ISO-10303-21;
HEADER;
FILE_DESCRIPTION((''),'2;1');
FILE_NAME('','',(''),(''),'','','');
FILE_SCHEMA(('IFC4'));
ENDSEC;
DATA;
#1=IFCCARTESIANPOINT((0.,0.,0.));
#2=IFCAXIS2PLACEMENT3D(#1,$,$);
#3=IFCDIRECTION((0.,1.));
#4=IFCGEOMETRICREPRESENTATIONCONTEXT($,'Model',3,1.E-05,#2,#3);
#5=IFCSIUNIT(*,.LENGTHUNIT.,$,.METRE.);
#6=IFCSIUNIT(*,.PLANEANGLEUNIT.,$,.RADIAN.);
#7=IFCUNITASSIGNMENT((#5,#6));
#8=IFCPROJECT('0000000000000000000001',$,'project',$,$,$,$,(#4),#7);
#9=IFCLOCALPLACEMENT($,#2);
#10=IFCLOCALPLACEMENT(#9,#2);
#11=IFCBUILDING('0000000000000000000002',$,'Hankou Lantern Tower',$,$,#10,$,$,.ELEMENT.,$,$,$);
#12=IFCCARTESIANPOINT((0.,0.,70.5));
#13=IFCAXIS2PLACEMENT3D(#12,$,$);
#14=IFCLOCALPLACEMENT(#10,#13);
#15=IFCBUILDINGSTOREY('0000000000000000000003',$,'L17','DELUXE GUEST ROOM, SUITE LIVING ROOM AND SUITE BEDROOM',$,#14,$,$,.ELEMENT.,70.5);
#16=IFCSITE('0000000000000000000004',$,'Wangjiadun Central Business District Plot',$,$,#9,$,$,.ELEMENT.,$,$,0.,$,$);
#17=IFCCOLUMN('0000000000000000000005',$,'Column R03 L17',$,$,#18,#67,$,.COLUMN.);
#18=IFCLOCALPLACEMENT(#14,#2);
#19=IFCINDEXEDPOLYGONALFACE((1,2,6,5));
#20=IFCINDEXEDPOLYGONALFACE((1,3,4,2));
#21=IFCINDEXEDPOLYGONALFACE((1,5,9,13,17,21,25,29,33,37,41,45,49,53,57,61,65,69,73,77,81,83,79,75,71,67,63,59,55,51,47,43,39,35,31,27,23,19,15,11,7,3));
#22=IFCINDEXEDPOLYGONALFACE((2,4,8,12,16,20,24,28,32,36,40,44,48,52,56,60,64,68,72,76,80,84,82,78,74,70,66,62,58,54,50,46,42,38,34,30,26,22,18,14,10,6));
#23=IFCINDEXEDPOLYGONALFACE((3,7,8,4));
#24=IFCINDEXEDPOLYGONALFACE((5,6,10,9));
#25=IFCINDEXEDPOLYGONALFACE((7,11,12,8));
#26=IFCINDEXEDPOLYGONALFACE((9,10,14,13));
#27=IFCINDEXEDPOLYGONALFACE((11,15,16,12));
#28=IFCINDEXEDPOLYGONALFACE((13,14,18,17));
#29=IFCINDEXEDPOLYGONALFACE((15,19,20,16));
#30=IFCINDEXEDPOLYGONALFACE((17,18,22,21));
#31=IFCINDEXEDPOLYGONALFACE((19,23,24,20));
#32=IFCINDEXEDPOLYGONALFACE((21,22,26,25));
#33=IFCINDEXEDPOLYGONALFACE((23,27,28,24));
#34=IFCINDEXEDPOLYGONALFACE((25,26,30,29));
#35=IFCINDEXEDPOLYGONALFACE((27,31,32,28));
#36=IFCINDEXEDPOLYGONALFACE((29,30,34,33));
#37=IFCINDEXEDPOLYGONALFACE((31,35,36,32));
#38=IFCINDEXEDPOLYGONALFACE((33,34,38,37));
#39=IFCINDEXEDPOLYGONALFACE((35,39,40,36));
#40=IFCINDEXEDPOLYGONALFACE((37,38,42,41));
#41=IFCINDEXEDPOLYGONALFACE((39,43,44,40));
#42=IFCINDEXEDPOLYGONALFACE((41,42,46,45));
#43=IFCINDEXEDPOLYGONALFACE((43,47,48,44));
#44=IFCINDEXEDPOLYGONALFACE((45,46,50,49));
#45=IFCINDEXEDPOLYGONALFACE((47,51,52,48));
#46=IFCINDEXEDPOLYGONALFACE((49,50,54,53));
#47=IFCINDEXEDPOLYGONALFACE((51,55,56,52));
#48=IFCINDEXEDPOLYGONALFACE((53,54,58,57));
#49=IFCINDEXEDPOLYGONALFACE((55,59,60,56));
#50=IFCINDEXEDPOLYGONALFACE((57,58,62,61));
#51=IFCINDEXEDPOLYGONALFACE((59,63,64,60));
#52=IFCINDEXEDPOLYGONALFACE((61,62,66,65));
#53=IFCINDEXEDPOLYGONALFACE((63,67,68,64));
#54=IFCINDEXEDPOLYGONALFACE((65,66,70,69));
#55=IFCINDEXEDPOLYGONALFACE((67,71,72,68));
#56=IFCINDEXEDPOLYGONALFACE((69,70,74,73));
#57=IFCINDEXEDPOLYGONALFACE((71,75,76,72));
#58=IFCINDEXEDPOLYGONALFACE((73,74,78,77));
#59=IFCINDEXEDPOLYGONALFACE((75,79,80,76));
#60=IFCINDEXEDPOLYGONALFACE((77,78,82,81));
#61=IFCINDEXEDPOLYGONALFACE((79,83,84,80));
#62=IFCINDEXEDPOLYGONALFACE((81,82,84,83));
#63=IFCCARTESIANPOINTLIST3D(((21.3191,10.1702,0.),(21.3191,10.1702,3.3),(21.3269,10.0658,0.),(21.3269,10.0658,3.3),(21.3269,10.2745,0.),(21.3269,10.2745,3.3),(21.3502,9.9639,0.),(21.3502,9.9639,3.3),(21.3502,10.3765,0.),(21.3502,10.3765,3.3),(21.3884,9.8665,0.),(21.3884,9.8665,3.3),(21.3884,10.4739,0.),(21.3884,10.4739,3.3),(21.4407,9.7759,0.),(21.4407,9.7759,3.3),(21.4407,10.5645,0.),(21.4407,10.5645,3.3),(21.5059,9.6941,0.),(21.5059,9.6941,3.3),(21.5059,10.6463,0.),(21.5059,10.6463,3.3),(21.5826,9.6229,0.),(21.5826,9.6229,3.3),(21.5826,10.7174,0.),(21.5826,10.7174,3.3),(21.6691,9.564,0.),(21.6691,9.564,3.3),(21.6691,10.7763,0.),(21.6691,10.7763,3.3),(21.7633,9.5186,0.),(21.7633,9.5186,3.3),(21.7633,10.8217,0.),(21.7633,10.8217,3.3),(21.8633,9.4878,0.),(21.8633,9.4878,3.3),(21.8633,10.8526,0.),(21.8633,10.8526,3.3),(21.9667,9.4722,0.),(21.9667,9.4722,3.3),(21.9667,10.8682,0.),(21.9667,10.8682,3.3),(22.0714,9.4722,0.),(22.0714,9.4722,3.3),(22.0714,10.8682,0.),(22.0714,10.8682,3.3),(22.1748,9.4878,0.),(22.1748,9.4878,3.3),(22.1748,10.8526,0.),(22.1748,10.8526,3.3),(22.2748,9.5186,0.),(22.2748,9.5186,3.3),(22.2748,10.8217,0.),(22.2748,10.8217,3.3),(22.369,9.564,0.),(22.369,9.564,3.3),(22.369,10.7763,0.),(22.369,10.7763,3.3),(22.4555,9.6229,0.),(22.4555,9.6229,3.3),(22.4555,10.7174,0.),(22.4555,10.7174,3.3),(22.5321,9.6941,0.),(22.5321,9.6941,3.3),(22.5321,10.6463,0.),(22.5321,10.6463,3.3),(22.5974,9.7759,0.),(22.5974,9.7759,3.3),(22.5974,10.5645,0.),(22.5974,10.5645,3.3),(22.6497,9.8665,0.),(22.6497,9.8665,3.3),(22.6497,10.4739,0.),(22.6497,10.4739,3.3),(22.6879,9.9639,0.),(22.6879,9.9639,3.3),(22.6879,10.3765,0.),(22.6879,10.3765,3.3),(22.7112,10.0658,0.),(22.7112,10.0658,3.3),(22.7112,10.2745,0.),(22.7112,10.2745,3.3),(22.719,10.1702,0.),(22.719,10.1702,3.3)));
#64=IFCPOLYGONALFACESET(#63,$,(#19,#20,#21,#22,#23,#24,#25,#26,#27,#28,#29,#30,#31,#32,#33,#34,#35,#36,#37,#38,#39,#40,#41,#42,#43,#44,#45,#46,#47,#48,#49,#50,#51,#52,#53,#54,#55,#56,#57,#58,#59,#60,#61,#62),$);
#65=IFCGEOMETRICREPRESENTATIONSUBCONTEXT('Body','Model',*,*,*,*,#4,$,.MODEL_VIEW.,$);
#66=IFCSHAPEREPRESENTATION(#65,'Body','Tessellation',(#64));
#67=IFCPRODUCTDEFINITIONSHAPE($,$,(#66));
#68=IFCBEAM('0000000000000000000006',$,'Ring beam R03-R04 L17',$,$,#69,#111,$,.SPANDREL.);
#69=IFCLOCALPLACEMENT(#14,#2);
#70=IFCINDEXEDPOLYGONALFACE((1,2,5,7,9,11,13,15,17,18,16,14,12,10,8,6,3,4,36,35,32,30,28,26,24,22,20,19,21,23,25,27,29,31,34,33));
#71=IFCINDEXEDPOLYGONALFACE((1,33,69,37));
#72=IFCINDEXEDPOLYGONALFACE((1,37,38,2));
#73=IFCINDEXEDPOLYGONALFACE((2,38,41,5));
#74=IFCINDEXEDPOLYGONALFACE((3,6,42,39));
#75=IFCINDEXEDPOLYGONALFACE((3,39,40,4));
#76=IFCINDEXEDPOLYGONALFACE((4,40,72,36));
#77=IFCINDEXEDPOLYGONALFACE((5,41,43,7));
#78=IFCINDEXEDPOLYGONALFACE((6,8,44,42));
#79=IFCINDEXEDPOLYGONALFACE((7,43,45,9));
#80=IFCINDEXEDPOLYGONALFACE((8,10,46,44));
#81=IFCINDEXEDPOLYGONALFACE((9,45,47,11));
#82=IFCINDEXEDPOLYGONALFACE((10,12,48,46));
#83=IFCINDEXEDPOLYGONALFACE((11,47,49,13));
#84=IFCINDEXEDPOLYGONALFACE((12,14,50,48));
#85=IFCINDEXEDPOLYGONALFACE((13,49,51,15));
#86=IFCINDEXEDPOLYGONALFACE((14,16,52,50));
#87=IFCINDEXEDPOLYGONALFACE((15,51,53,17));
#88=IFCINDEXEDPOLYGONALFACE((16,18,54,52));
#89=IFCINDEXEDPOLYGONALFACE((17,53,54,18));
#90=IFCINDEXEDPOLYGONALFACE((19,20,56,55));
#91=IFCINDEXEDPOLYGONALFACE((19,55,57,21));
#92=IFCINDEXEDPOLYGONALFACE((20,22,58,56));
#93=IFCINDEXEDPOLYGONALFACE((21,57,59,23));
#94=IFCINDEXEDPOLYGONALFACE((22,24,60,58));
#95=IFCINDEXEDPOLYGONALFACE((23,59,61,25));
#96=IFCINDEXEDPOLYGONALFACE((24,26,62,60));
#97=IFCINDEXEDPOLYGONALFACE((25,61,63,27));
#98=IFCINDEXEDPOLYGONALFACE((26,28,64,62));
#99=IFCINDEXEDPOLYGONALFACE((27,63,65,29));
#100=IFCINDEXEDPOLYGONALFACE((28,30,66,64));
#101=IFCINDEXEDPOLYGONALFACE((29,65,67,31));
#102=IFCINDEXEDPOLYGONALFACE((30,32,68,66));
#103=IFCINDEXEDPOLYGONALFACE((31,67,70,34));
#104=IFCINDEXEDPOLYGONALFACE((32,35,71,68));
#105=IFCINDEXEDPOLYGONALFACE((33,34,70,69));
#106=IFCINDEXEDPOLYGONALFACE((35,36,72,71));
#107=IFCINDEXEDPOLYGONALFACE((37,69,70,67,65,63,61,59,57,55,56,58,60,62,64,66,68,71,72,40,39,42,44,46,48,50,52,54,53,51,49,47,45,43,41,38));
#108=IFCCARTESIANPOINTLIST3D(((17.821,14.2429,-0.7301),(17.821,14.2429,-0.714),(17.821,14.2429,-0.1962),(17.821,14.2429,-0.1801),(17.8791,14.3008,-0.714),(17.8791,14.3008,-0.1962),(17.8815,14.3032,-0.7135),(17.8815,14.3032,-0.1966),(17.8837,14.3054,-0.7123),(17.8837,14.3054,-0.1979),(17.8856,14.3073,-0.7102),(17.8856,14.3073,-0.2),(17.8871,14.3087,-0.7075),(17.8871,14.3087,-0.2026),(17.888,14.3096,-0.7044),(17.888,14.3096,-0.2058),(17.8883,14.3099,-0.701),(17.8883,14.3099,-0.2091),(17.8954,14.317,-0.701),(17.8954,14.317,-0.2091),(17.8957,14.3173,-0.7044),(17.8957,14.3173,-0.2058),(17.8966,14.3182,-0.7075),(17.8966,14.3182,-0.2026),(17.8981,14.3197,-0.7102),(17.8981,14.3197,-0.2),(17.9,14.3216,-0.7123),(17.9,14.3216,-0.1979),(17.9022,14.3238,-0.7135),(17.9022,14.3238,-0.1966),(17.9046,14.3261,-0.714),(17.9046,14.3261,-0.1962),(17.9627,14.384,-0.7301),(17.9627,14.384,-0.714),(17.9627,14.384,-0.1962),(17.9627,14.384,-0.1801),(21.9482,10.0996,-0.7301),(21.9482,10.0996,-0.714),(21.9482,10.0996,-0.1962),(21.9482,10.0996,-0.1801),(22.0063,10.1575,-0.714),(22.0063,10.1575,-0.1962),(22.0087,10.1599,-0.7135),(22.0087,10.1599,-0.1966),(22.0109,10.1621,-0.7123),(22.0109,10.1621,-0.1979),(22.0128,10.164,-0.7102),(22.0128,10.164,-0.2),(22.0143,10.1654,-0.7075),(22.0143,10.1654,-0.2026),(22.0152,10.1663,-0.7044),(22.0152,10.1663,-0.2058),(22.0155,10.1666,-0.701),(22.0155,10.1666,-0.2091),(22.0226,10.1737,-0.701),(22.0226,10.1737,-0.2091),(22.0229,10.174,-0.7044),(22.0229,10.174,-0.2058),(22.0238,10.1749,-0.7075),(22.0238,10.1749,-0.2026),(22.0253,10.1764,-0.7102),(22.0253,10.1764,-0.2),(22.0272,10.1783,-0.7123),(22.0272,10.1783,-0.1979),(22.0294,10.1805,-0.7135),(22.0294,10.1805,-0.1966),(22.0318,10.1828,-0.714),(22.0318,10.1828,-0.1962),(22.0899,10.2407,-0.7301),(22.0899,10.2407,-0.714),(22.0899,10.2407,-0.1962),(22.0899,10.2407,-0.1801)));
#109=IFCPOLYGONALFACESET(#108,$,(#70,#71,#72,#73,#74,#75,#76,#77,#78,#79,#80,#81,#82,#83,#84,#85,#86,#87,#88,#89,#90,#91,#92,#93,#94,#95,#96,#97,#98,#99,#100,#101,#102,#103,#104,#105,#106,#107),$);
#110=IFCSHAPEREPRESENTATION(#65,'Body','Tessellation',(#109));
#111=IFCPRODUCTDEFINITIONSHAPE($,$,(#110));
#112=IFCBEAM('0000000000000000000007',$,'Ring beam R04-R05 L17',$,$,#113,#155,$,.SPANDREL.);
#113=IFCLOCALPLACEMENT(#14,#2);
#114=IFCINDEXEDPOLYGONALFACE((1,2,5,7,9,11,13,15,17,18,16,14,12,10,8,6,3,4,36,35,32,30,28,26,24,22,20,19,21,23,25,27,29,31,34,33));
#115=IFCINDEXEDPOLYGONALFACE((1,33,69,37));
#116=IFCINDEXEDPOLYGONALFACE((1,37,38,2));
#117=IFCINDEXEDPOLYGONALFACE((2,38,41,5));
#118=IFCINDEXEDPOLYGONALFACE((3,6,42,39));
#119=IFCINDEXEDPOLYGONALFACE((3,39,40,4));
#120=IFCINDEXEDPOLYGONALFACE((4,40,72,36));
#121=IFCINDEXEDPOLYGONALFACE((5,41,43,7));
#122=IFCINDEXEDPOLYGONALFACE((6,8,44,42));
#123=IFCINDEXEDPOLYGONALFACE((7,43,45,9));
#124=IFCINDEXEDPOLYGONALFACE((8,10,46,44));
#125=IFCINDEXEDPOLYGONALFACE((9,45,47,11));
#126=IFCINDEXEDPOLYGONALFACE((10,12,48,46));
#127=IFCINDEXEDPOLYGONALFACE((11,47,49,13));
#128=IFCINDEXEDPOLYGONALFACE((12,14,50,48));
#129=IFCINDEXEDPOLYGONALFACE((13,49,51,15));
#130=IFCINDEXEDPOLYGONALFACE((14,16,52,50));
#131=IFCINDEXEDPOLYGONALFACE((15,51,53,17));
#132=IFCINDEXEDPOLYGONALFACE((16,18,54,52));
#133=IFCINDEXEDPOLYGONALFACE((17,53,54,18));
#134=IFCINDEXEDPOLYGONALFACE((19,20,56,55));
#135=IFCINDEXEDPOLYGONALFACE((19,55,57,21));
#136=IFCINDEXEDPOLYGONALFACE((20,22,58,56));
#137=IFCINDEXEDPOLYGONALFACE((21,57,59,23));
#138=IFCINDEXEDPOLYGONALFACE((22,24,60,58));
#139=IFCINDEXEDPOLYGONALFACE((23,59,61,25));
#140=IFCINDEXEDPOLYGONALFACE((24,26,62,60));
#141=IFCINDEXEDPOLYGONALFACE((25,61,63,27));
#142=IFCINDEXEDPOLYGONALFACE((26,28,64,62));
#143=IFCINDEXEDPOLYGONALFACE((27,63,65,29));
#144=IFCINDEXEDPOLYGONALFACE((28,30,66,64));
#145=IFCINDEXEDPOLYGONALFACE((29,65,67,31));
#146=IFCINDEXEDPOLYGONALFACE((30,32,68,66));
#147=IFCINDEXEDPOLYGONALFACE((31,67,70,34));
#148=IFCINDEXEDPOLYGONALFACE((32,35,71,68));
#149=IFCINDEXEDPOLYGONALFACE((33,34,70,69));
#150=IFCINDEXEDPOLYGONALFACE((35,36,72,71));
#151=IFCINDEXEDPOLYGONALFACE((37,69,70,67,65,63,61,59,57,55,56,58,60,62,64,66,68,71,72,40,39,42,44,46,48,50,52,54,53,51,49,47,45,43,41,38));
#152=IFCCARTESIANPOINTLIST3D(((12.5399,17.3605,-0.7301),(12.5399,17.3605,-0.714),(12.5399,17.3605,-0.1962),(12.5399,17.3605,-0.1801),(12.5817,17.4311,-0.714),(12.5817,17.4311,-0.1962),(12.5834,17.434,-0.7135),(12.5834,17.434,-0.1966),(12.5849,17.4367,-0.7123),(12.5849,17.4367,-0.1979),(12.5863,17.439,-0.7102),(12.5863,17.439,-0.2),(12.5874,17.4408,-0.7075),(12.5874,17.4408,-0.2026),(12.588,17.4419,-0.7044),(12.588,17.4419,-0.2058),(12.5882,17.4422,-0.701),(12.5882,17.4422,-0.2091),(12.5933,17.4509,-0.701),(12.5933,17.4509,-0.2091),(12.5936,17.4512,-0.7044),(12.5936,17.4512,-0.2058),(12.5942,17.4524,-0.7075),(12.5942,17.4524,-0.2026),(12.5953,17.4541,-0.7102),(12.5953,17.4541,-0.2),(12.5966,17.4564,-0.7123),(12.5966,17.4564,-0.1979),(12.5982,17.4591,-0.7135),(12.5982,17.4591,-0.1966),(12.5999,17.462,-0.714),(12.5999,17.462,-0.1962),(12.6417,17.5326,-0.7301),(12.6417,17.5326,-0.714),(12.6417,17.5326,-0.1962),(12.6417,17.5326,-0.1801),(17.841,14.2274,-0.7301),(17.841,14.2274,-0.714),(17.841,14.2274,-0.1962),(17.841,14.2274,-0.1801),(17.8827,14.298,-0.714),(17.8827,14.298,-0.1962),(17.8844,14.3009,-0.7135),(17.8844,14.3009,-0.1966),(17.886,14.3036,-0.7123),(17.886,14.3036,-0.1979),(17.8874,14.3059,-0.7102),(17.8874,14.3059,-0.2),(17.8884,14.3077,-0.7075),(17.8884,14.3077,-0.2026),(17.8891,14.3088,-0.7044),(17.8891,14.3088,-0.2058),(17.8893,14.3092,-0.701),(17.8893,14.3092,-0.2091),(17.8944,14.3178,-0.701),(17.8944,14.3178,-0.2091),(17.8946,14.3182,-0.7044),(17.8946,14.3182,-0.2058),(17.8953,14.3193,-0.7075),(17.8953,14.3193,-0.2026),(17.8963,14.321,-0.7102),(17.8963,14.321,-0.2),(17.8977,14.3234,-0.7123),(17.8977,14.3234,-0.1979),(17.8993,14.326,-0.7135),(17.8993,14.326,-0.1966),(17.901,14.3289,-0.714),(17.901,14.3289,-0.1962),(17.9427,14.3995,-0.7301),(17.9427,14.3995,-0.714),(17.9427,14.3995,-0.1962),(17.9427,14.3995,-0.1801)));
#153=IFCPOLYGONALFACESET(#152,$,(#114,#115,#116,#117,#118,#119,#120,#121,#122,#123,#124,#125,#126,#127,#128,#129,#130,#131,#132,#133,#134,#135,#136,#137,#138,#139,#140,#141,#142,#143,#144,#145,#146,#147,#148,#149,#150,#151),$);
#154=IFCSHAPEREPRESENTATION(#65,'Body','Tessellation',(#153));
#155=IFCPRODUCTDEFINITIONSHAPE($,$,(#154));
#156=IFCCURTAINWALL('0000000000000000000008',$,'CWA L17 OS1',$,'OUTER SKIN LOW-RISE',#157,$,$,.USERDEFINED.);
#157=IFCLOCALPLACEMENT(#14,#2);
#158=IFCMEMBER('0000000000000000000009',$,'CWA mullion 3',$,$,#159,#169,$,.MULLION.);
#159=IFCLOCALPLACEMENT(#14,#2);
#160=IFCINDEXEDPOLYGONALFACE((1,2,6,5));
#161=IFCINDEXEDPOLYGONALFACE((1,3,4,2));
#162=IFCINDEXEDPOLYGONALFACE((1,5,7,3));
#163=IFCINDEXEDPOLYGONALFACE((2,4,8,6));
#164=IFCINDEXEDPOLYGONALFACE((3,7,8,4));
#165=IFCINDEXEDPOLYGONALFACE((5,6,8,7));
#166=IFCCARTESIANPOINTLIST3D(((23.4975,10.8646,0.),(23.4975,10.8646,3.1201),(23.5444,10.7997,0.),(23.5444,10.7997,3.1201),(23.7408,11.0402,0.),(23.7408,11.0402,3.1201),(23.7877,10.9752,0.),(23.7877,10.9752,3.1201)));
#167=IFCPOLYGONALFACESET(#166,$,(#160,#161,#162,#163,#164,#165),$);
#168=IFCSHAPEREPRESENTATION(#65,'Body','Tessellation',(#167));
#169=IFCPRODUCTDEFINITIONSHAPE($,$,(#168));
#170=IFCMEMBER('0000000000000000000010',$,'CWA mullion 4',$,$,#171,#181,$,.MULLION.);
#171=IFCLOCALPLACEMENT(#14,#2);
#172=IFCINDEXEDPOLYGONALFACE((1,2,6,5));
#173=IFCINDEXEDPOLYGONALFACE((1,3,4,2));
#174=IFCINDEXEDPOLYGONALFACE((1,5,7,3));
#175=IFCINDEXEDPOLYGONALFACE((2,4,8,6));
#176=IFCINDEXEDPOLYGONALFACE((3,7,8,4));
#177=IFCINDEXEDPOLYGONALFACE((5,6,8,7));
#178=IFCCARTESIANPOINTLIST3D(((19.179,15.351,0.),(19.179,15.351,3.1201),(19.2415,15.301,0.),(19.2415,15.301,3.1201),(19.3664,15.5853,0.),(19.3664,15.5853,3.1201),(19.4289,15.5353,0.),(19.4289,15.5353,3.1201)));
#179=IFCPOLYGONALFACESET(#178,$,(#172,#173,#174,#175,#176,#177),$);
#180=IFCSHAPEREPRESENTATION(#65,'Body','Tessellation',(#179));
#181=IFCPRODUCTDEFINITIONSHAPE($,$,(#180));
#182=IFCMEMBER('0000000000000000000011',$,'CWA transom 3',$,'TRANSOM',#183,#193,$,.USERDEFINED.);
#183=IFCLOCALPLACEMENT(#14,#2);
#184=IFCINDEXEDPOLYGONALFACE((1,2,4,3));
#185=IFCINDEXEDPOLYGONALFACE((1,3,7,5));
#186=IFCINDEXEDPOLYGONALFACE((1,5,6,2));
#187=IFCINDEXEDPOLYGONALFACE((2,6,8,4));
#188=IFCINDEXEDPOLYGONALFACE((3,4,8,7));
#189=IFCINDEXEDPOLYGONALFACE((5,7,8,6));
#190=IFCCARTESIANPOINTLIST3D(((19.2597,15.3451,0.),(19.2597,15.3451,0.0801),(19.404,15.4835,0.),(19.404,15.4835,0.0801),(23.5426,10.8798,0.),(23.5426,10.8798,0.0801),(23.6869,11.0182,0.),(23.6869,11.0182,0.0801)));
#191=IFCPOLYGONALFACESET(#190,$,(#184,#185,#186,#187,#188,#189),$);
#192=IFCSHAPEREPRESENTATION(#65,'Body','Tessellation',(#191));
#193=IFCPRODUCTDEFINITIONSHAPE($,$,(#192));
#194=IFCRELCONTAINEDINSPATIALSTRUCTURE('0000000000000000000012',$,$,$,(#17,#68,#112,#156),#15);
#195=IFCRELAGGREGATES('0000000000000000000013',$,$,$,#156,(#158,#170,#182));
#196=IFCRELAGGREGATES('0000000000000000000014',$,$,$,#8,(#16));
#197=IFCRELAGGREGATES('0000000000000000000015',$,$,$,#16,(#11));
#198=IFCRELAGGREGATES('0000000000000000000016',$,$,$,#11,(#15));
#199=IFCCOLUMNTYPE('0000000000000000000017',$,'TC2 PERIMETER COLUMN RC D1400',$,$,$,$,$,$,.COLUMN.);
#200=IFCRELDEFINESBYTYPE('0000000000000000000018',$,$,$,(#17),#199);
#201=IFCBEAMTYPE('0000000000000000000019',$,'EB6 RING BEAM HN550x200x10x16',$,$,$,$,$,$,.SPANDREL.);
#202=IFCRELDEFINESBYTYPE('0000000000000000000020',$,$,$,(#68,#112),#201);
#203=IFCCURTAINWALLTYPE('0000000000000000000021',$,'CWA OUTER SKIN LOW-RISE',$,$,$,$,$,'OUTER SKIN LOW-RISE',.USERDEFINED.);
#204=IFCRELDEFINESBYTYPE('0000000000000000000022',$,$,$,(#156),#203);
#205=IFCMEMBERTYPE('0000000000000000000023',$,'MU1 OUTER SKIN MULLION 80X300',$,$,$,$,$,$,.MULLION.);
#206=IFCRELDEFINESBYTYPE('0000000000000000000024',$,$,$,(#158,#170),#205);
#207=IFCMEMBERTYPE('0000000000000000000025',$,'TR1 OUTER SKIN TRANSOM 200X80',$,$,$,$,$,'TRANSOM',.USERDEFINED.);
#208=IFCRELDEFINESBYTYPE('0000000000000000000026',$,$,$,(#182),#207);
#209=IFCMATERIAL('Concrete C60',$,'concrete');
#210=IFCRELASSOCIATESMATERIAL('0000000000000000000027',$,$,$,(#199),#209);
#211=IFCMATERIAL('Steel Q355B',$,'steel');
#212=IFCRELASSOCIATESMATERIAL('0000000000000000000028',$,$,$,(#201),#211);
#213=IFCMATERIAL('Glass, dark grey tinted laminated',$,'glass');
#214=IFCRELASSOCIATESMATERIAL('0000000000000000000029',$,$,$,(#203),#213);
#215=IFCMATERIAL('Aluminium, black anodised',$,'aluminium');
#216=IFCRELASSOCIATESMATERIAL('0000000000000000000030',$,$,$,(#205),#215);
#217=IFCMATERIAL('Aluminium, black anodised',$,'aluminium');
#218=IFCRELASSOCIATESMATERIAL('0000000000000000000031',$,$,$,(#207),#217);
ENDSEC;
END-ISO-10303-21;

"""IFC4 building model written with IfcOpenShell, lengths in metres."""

from ifc_helpers import new_model, si_unit, direction, frame, origin, origin_2d, place, context, subcontext, project, spatial, rectangle, circle, i_section, extrude, material, material_profile, profile_set, type_object, element, aggregate, save


model = new_model("IFC4")

# Units and contexts
model_context = context("Model", 3, precision=1e-05, world=origin(), true_north=direction((0.0, 1.0)))
body_context = subcontext(model_context, "Body", "Model", "MODEL_VIEW")
ifc_project = project(units=[si_unit("LENGTHUNIT", "METRE"), si_unit("PLANEANGLEUNIT", "RADIAN")], contexts=[model_context])

# Site, building, storey
site_placement = place(None, origin())
site = spatial("IfcSite", under=ifc_project, at=site_placement, Name="Wangjiadun Central Business District Plot", CompositionType="ELEMENT", RefElevation=0.0)
building_placement = place(site_placement, origin())
building = spatial("IfcBuilding", under=site, at=building_placement, Name="Hankou Lantern Tower", CompositionType="ELEMENT")
storey_placement = place(building_placement, frame((0.0, 0.0, 70.5)))
storey = spatial("IfcBuildingStorey", under=building, at=storey_placement, Name="L17", Description="DELUXE GUEST ROOM, SUITE LIVING ROOM AND SUITE BEDROOM", CompositionType="ELEMENT", Elevation=70.5)

# Column
ifc_material_1 = material(Name="Concrete C60", Category="concrete")
ifc_material_profile_1 = material_profile(ifc_material_1, circle(Radius=0.7, at=origin_2d()), Name="RC D1400")
ifc_profile_set_1 = profile_set([ifc_material_profile_1], Name="Concrete C60")
column_type = type_object("IfcColumnType", Name="TC2 PERIMETER COLUMN RC D1400", PredefinedType="COLUMN", material=ifc_profile_set_1)
column_placement = place(storey_placement, frame((22.019, 10.1702, 0.0), z_axis=(0.0, 0.0, 1.0), x_axis=(1.0, 0.0, 0.0)))
element("IfcColumn", 1, at=column_placement, inside=storey, type_object=column_type, Name="Column R03 L17", PredefinedType="COLUMN", context=body_context, shape_type="SweptSolid", body=[
    extrude(circle(Radius=0.7, at=origin_2d()), origin(), (0.0, 0.0, 1.0), 3.3),
])

# Beams
ifc_material_2 = material(Name="Steel Q355B", Category="steel")
ifc_material_profile_2 = material_profile(ifc_material_2, i_section(OverallWidth=0.2, OverallDepth=0.55, WebThickness=0.01, FlangeThickness=0.0161, FilletRadius=0.0129, at=origin_2d()), Name="HN550x200x10x16")
ifc_profile_set_2 = profile_set([ifc_material_profile_2], Name="Steel Q355B")
beam_type = type_object("IfcBeamType", Name="EB6 RING BEAM HN550x200x10x16", PredefinedType="SPANDREL", material=ifc_profile_set_2)
beam_1_placement = place(storey_placement, frame((22.019, 10.1702, -0.4551), z_axis=(-0.705728, 0.708483, 0.0), x_axis=(-0.708483, -0.705728, 0.0)))
element("IfcBeam", 2, at=beam_1_placement, inside=storey, type_object=beam_type, Name="Ring beam R03-R04 L17", PredefinedType="SPANDREL", context=body_context, shape_type="SweptSolid", body=[
    extrude(i_section(OverallWidth=0.2, OverallDepth=0.55, WebThickness=0.01, FlangeThickness=0.0161, FilletRadius=0.0129, at=origin_2d()), origin(), (0.0, 0.0, 1.0), 5.8481),
])
beam_2_placement = place(storey_placement, frame((17.8918, 14.3135, -0.4551), z_axis=(-0.860882, 0.508805, 0.0), x_axis=(-0.508805, -0.860882, 0.0)))
element("IfcBeam", 3, at=beam_2_placement, inside=storey, type_object=beam_type, Name="Ring beam R04-R05 L17", PredefinedType="SPANDREL", context=body_context, shape_type="SweptSolid", body=[
    extrude(i_section(OverallWidth=0.2, OverallDepth=0.55, WebThickness=0.01, FlangeThickness=0.0161, FilletRadius=0.0129, at=origin_2d()), origin(), (0.0, 0.0, 1.0), 6.1577),
])

# Curtain wall, members
ifc_material_3 = material(Name="Glass, dark grey tinted laminated", Category="glass")
curtain_wall_type = type_object("IfcCurtainWallType", Name="CWA OUTER SKIN LOW-RISE", ElementType="OUTER SKIN LOW-RISE", PredefinedType="USERDEFINED", material=ifc_material_3)
curtain_wall_placement = place(storey_placement, origin())
curtain_wall = element("IfcCurtainWall", 4, at=curtain_wall_placement, inside=storey, type_object=curtain_wall_type, Name="CWA L17 OS1", ObjectType="OUTER SKIN LOW-RISE", PredefinedType="USERDEFINED")
ifc_material_4 = material(Name="Aluminium, black anodised", Category="aluminium")
ifc_material_profile_3 = material_profile(ifc_material_4, rectangle(XDim=0.0801, YDim=0.3, at=origin_2d()), Name="MU1 80X300")
ifc_profile_set_3 = profile_set([ifc_material_profile_3], Name="Aluminium, black anodised")
member_type_1 = type_object("IfcMemberType", Name="MU1 OUTER SKIN MULLION 80X300", PredefinedType="MULLION", material=ifc_profile_set_3)
member_1_placement = place(storey_placement, frame((23.6426, 10.9199, 0.0), z_axis=(0.0, 0.0, 1.0), x_axis=(-0.585206, 0.810885, 0.0)))
member_1 = element("IfcMember", 5, at=member_1_placement, type_object=member_type_1, Name="CWA mullion 3", PredefinedType="MULLION", context=body_context, shape_type="SweptSolid", body=[
    extrude(rectangle(XDim=0.0801, YDim=0.3, at=origin_2d()), origin(), (0.0, 0.0, 1.0), 3.1201),
])
member_2_placement = place(storey_placement, frame((19.304, 15.4431, 0.0), z_axis=(0.0, 0.0, 1.0), x_axis=(-0.780869, 0.624695, 0.0)))
member_2 = element("IfcMember", 6, at=member_2_placement, type_object=member_type_1, Name="CWA mullion 4", PredefinedType="MULLION", context=body_context, shape_type="SweptSolid", body=[
    extrude(rectangle(XDim=0.0801, YDim=0.3, at=origin_2d()), origin(), (0.0, 0.0, 1.0), 3.1201),
])
ifc_material_5 = material(Name="Aluminium, black anodised", Category="aluminium")
ifc_material_profile_4 = material_profile(ifc_material_5, rectangle(XDim=0.2, YDim=0.0801, at=origin_2d()), Name="TR1 200X80")
ifc_profile_set_4 = profile_set([ifc_material_profile_4], Name="Aluminium, black anodised")
member_type_2 = type_object("IfcMemberType", Name="TR1 OUTER SKIN TRANSOM 200X80", ElementType="TRANSOM", PredefinedType="USERDEFINED", material=ifc_profile_set_4)
member_3_placement = place(storey_placement, frame((23.6147, 10.949, 0.04), z_axis=(-0.692216, 0.721691, 0.0), x_axis=(-0.721691, -0.692216, 0.0)))
member_3 = element("IfcMember", 7, at=member_3_placement, type_object=member_type_2, Name="CWA transom 3", ObjectType="TRANSOM", PredefinedType="USERDEFINED", context=body_context, shape_type="SweptSolid", body=[
    extrude(rectangle(XDim=0.2, YDim=0.0801, at=origin_2d()), origin(), (0.0, 0.0, 1.0), 6.1873),
])
aggregate(curtain_wall, [member_1, member_2, member_3])

save(model, "model.ifc")
